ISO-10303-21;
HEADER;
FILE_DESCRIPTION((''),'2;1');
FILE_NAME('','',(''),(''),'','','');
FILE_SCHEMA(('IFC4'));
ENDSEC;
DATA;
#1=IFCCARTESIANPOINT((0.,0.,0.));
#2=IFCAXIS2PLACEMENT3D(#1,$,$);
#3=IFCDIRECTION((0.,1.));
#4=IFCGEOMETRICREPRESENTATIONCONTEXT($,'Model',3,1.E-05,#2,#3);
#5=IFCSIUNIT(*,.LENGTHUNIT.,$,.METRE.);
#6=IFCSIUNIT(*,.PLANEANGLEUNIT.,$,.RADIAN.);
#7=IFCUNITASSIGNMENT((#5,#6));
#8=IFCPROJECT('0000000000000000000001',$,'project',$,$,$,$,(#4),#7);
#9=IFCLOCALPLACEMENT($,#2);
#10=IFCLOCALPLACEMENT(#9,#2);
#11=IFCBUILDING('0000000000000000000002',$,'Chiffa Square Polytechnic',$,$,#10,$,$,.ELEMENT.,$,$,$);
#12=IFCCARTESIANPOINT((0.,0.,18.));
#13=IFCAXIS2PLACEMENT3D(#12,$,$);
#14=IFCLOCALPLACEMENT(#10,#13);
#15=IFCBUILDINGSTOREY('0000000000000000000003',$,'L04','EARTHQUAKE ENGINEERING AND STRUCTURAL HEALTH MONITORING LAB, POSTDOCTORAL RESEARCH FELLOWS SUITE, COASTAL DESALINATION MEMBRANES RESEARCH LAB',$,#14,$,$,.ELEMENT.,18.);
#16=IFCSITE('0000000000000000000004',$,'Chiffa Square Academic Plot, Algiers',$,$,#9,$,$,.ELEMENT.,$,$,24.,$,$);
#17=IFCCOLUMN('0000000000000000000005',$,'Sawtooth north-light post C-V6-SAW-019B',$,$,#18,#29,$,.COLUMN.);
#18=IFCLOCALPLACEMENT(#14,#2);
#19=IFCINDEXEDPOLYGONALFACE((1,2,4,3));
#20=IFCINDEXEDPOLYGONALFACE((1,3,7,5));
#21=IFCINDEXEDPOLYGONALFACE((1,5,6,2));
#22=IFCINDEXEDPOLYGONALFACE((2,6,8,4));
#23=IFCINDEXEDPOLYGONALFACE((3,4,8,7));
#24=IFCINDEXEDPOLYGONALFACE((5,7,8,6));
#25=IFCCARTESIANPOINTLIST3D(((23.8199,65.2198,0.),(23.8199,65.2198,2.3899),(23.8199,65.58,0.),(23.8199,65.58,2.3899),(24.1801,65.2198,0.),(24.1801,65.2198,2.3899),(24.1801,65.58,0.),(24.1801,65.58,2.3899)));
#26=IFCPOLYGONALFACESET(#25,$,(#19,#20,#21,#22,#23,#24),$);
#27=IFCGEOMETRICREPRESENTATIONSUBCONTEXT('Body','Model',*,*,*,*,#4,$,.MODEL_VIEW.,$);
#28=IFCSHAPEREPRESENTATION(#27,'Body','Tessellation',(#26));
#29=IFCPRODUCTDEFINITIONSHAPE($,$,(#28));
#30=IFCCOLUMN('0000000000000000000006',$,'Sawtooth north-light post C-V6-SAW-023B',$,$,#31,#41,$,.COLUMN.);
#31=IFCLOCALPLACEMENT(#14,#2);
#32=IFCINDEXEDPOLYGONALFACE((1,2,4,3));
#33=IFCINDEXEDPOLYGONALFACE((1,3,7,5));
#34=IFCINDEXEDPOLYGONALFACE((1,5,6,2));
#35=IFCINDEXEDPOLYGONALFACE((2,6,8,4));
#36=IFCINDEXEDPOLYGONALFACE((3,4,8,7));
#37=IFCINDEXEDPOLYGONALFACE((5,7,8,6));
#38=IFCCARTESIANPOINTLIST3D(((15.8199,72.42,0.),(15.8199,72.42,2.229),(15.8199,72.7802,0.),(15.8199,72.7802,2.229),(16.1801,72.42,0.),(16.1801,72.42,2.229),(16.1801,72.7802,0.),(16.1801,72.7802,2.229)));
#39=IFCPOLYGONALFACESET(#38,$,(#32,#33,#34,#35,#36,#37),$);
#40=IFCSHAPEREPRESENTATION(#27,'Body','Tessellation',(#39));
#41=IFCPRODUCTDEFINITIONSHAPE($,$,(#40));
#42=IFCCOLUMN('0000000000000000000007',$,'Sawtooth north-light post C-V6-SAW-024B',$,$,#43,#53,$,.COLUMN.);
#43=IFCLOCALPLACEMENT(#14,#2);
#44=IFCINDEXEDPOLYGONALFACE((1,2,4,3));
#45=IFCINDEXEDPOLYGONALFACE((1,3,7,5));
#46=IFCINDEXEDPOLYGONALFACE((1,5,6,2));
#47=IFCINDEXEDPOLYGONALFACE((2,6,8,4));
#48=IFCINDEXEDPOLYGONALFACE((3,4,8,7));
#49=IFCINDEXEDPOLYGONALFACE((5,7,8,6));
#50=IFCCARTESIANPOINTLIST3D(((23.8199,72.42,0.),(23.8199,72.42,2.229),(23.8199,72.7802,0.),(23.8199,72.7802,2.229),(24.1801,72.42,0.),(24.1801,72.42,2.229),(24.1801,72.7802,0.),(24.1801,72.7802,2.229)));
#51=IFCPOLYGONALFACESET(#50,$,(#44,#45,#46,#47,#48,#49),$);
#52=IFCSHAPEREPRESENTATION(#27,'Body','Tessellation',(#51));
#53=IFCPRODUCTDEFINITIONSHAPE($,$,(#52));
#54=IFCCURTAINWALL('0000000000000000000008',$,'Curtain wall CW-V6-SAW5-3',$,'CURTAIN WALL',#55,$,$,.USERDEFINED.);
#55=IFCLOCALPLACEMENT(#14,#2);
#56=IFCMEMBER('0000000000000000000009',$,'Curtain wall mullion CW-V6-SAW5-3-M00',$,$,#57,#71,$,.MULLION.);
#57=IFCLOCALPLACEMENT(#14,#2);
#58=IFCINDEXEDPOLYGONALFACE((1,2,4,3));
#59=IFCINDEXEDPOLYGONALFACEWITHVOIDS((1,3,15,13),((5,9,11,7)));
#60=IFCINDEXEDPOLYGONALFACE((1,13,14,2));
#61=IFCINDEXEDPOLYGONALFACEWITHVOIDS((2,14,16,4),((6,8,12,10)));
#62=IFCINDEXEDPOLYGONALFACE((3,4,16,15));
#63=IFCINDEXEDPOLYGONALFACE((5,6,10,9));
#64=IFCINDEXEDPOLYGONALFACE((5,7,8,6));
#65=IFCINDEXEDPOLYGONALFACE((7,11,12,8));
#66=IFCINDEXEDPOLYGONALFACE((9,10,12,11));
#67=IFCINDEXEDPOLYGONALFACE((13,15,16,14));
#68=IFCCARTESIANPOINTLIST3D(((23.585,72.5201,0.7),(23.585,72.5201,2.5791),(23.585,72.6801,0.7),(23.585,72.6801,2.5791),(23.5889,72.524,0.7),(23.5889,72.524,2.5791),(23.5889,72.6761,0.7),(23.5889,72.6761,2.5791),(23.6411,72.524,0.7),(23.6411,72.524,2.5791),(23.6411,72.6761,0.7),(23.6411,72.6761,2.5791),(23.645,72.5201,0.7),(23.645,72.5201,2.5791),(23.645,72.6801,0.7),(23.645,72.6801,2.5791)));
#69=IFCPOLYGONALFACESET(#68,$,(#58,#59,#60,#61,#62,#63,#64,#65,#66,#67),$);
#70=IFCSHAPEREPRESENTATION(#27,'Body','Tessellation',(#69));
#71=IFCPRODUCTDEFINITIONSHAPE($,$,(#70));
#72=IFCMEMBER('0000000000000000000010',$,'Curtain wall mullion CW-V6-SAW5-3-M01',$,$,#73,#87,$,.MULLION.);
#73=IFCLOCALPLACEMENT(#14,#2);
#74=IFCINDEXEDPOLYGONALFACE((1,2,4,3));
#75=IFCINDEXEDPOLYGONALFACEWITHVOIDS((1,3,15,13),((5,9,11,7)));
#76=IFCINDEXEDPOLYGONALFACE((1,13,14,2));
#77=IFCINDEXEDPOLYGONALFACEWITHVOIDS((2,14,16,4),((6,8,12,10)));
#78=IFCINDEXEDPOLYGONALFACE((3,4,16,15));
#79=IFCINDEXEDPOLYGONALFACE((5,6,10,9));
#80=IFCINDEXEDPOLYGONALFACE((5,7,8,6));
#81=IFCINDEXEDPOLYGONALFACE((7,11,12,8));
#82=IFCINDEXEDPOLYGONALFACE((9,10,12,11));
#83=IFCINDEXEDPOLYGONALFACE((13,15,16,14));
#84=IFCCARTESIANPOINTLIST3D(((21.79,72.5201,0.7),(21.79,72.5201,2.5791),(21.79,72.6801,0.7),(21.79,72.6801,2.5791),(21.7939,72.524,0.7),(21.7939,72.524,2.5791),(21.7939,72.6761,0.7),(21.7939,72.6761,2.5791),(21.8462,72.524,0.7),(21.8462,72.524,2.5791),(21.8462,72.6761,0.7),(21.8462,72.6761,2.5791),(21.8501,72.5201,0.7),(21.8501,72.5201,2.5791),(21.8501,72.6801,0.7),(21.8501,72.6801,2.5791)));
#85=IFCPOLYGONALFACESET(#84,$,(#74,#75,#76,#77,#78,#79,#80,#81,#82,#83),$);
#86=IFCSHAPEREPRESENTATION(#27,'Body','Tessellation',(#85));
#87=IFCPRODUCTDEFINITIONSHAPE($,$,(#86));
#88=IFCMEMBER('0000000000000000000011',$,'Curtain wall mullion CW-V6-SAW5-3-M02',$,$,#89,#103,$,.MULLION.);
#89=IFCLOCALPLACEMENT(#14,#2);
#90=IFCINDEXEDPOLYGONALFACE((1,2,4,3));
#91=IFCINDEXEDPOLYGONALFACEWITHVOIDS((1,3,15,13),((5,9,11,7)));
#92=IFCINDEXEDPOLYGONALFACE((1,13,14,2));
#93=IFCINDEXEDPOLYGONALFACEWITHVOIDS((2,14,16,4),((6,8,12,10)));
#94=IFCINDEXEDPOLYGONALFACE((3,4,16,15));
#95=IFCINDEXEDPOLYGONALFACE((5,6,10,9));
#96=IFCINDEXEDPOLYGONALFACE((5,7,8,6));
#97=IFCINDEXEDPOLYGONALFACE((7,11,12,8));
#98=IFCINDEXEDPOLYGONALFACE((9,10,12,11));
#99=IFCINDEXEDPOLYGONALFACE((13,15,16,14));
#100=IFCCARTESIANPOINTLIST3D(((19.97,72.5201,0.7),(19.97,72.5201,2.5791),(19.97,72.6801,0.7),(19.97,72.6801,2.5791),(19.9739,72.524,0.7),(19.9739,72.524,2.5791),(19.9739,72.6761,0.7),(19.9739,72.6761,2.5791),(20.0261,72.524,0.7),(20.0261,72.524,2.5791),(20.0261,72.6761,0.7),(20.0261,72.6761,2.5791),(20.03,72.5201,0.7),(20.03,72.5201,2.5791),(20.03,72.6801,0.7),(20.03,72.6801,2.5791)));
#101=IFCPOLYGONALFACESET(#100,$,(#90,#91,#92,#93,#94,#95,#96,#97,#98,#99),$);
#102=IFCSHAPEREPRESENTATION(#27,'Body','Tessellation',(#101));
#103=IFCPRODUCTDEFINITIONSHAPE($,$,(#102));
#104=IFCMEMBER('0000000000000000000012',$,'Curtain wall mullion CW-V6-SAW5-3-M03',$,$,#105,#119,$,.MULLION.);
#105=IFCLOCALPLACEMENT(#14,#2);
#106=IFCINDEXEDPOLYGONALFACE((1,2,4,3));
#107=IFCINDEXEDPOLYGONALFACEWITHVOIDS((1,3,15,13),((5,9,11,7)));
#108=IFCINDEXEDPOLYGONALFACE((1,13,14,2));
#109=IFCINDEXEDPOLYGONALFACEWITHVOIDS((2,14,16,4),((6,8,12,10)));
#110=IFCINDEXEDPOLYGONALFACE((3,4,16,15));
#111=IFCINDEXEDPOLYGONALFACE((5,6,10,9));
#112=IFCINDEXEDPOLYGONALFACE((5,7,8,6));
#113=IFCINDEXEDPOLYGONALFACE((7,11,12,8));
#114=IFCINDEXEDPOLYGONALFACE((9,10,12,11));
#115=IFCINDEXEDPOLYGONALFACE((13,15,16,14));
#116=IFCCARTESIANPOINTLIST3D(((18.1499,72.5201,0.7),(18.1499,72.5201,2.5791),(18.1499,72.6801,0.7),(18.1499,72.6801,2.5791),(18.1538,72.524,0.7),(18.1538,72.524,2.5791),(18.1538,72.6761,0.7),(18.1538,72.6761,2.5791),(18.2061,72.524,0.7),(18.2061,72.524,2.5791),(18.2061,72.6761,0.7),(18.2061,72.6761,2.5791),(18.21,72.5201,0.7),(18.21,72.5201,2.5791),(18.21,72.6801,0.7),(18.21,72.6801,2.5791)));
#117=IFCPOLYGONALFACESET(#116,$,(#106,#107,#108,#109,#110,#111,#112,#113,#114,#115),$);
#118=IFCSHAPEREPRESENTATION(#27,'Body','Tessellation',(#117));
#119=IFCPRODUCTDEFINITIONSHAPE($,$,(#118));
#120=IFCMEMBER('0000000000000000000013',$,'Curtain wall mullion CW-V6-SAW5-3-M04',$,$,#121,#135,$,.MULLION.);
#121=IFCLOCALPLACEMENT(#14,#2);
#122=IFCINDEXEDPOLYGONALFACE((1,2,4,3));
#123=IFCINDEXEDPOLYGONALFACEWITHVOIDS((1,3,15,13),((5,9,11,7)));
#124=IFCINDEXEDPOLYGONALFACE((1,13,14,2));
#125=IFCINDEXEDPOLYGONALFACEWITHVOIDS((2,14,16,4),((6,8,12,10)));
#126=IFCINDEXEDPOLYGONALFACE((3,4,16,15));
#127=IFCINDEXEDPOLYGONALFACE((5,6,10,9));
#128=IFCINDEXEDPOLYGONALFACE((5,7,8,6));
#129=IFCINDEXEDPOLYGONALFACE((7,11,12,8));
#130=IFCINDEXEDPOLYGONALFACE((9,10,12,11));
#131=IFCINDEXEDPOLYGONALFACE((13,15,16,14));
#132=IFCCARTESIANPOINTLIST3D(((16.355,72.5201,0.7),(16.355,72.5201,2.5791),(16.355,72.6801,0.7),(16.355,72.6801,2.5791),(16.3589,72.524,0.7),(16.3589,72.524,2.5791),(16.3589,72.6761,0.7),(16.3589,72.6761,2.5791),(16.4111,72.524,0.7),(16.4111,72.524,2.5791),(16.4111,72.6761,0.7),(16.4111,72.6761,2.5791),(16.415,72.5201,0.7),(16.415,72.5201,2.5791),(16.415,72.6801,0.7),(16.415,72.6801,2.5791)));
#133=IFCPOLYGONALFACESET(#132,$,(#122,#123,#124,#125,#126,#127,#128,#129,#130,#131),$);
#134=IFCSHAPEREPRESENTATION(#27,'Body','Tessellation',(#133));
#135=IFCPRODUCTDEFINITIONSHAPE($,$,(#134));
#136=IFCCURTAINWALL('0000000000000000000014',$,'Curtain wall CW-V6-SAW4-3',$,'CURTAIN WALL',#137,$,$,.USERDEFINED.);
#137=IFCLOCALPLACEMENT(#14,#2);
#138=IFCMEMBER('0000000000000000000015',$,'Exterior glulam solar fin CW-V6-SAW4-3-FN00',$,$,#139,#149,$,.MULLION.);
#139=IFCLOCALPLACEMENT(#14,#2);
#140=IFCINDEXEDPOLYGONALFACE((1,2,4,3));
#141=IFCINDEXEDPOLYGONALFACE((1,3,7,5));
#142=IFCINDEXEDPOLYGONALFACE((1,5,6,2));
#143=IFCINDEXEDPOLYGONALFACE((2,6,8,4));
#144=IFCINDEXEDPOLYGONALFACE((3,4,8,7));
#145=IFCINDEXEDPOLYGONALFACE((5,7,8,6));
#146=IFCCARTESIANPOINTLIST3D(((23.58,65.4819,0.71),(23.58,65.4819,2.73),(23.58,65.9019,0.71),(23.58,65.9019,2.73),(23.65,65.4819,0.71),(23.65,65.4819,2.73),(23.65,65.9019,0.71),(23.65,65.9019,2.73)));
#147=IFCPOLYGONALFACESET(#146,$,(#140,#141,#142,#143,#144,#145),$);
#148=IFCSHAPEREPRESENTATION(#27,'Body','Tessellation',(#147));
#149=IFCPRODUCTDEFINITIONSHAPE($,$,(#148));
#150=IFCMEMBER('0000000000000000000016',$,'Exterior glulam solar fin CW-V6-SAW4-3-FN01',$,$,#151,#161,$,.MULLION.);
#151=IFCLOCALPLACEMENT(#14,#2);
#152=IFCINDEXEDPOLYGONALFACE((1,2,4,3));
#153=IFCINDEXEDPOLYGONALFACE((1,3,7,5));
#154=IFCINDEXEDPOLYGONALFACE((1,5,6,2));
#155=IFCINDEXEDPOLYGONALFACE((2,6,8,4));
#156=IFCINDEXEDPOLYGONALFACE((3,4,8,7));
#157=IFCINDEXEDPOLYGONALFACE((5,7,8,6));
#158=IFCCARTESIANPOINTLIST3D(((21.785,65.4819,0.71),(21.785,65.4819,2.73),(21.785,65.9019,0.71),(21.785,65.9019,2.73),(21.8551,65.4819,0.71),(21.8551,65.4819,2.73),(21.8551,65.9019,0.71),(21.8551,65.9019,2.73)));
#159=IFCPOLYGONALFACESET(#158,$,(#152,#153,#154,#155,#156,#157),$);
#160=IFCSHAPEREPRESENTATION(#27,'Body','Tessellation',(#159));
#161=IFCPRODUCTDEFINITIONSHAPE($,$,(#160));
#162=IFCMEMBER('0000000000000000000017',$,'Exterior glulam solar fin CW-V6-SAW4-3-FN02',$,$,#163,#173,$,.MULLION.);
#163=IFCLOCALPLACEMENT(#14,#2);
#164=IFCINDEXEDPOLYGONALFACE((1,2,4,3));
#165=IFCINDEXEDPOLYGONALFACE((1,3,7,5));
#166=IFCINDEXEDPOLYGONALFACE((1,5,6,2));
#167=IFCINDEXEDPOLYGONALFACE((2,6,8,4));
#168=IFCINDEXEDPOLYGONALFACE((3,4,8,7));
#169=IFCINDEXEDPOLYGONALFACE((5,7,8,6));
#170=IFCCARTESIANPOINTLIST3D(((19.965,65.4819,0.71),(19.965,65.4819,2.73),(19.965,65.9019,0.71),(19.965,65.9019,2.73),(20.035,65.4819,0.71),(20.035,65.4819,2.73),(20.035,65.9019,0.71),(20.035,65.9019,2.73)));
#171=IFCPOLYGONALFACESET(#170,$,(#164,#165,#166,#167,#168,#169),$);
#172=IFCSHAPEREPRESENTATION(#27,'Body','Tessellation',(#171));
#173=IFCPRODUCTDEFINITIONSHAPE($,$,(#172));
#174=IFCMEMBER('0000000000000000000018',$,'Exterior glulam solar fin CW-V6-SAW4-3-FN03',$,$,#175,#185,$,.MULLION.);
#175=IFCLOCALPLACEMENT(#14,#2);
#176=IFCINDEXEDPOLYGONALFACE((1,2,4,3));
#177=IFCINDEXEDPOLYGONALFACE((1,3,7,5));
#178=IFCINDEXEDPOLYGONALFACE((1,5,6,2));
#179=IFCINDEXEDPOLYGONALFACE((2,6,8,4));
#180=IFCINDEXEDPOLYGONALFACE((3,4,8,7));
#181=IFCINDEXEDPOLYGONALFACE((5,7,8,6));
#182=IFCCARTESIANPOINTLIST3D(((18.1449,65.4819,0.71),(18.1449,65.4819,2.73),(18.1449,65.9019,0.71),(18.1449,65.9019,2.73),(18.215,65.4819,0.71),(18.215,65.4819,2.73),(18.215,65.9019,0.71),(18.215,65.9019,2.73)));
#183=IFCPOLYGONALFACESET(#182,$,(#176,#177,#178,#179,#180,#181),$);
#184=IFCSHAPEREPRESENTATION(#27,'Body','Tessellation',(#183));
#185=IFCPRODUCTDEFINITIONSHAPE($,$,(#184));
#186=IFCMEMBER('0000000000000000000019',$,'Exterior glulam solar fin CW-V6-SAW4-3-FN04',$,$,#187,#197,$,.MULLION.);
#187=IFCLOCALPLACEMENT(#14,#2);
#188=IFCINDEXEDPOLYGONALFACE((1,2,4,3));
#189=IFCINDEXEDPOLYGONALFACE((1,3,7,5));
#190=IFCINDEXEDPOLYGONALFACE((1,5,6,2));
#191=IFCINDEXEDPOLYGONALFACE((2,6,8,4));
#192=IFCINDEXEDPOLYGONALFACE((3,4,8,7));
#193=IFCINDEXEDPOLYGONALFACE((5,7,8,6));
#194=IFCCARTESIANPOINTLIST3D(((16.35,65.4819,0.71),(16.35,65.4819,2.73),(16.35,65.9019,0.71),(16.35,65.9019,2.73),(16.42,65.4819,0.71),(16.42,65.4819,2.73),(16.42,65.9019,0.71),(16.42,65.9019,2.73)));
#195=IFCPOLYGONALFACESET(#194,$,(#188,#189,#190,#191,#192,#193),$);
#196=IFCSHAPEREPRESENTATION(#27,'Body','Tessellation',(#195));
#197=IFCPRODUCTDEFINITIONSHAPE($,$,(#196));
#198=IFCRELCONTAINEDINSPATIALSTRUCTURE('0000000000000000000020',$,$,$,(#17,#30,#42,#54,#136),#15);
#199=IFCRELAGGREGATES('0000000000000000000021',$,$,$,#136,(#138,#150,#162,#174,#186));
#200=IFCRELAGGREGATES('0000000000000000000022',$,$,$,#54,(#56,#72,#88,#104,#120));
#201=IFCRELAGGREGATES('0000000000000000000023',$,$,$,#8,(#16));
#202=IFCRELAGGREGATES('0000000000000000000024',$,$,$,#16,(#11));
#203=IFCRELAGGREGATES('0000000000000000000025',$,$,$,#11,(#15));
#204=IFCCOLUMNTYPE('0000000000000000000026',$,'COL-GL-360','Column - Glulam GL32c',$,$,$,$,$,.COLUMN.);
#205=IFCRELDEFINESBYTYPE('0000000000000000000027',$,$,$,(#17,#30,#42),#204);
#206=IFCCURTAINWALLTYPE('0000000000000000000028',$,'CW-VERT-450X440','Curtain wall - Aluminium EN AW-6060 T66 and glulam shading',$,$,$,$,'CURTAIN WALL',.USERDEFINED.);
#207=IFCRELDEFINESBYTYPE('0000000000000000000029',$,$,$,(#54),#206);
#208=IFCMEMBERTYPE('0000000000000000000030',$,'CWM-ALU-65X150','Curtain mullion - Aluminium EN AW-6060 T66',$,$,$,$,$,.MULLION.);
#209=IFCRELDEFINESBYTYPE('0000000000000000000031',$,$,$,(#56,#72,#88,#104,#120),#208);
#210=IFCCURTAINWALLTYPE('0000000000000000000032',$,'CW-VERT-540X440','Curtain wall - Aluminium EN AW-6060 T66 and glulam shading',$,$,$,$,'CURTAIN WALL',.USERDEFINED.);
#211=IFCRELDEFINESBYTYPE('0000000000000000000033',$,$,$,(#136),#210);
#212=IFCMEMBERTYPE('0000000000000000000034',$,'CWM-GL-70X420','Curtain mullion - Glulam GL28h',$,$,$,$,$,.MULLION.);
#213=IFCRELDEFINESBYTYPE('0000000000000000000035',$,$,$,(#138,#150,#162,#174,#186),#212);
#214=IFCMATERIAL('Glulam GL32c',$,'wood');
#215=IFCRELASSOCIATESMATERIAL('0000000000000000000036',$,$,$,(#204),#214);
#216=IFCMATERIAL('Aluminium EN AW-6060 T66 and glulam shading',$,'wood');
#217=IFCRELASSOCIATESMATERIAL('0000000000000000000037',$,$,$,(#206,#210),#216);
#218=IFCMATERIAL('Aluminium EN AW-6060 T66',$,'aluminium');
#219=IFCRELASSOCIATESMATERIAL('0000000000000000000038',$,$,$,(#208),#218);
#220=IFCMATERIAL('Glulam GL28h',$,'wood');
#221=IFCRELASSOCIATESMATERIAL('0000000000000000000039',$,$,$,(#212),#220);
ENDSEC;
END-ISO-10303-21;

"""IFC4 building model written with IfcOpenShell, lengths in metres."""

from ifc_helpers import new_model, si_unit, direction, frame, origin, origin_2d, place, context, subcontext, project, spatial, rectangle, hollow_rectangle, extrude, material, material_profile, profile_set, type_object, element, aggregate, save


model = new_model("IFC4")

# Units and contexts
model_context = context("Model", 3, precision=1e-05, world=origin(), true_north=direction((0.0, 1.0)))
body_context = subcontext(model_context, "Body", "Model", "MODEL_VIEW")
ifc_project = project(units=[si_unit("LENGTHUNIT", "METRE"), si_unit("PLANEANGLEUNIT", "RADIAN")], contexts=[model_context])

# Site, building, storey
site_placement = place(None, origin())
site = spatial("IfcSite", under=ifc_project, at=site_placement, Name="Chiffa Square Academic Plot, Algiers", CompositionType="ELEMENT", RefElevation=24.0)
building_placement = place(site_placement, origin())
building = spatial("IfcBuilding", under=site, at=building_placement, Name="Chiffa Square Polytechnic", CompositionType="ELEMENT")
storey_placement = place(building_placement, frame((0.0, 0.0, 18.0)))
storey = spatial("IfcBuildingStorey", under=building, at=storey_placement, Name="L04", Description="EARTHQUAKE ENGINEERING AND STRUCTURAL HEALTH MONITORING LAB, POSTDOCTORAL RESEARCH FELLOWS SUITE, COASTAL DESALINATION MEMBRANES RESEARCH LAB", CompositionType="ELEMENT", Elevation=18.0)

# Columns
ifc_material_1 = material(Name="Glulam GL32c", Category="wood")
ifc_material_profile_1 = material_profile(ifc_material_1, rectangle(XDim=0.3601, YDim=0.3601, at=origin_2d()), Name="GL32c 360x360")
ifc_profile_set_1 = profile_set([ifc_material_profile_1], Name="Glulam GL32c")
column_type = type_object("IfcColumnType", Name="COL-GL-360", Description="Column - Glulam GL32c", PredefinedType="COLUMN", material=ifc_profile_set_1)
column_placement = place(storey_placement, frame((24.0, 65.3999, 0.0), z_axis=(0.0, 0.0, 1.0), x_axis=(1.0, 0.0, 0.0)))
element("IfcColumn", 1, at=column_placement, inside=storey, type_object=column_type, Name="Sawtooth north-light post C-V6-SAW-019B", PredefinedType="COLUMN", context=body_context, shape_type="SweptSolid", body=[
    extrude(rectangle(XDim=0.3601, YDim=0.3601, at=origin_2d()), origin(), (0.0, 0.0, 1.0), 2.3899),
])
for number, where, z_axis, x_axis, name in (
    (2, (16.0, 72.6001, 0.0), (0.0, 0.0, 1.0), (1.0, 0.0, 0.0), "Sawtooth north-light post C-V6-SAW-023B"),
    (3, (24.0, 72.6001, 0.0), (0.0, 0.0, 1.0), (1.0, 0.0, 0.0), "Sawtooth north-light post C-V6-SAW-024B"),
):
    element("IfcColumn", number, at=place(storey_placement, frame(where, z_axis=z_axis, x_axis=x_axis)), inside=storey, type_object=column_type, Name=name, PredefinedType="COLUMN", context=body_context, shape_type="SweptSolid", body=[
        extrude(rectangle(XDim=0.3601, YDim=0.3601, at=origin_2d()), origin(), (0.0, 0.0, 1.0), 2.229),
    ])

# Curtain walls, members
ifc_material_2 = material(Name="Aluminium EN AW-6060 T66 and glulam shading", Category="wood")
curtain_wall_type_1 = type_object("IfcCurtainWallType", Name="CW-VERT-450X440", Description="Curtain wall - Aluminium EN AW-6060 T66 and glulam shading", ElementType="CURTAIN WALL", PredefinedType="USERDEFINED", material=ifc_material_2)
curtain_wall_1_placement = place(storey_placement, origin())
curtain_wall_1 = element("IfcCurtainWall", 4, at=curtain_wall_1_placement, inside=storey, type_object=curtain_wall_type_1, Name="Curtain wall CW-V6-SAW5-3", ObjectType="CURTAIN WALL", PredefinedType="USERDEFINED")
ifc_material_3 = material(Name="Aluminium EN AW-6060 T66", Category="aluminium")
ifc_material_profile_2 = material_profile(ifc_material_3, hollow_rectangle(XDim=0.0601, YDim=0.1599, WallThickness=0.0039, at=origin_2d()), Name="ALU 60x160x4")
ifc_profile_set_2 = profile_set([ifc_material_profile_2], Name="Aluminium EN AW-6060 T66")
member_type_1 = type_object("IfcMemberType", Name="CWM-ALU-65X150", Description="Curtain mullion - Aluminium EN AW-6060 T66", PredefinedType="MULLION", material=ifc_profile_set_2)
member_1_placement = place(storey_placement, frame((23.615, 72.6001, 0.7), z_axis=(0.0, 0.0, 1.0), x_axis=(1.0, 0.0, 0.0)))
member_1 = element("IfcMember", 5, at=member_1_placement, type_object=member_type_1, Name="Curtain wall mullion CW-V6-SAW5-3-M00", PredefinedType="MULLION", context=body_context, shape_type="SweptSolid", body=[
    extrude(hollow_rectangle(XDim=0.0601, YDim=0.1599, WallThickness=0.0039, at=origin_2d()), origin(), (0.0, 0.0, 1.0), 1.8792),
])
member_2_placement = place(storey_placement, frame((21.8201, 72.6001, 0.7), z_axis=(0.0, 0.0, 1.0), x_axis=(1.0, 0.0, 0.0)))
member_2 = element("IfcMember", 6, at=member_2_placement, type_object=member_type_1, Name="Curtain wall mullion CW-V6-SAW5-3-M01", PredefinedType="MULLION", context=body_context, shape_type="SweptSolid", body=[
    extrude(hollow_rectangle(XDim=0.0601, YDim=0.1599, WallThickness=0.0039, at=origin_2d()), origin(), (0.0, 0.0, 1.0), 1.8792),
])
member_3_placement = place(storey_placement, frame((20.0, 72.6001, 0.7), z_axis=(0.0, 0.0, 1.0), x_axis=(1.0, 0.0, 0.0)))
member_3 = element("IfcMember", 7, at=member_3_placement, type_object=member_type_1, Name="Curtain wall mullion CW-V6-SAW5-3-M02", PredefinedType="MULLION", context=body_context, shape_type="SweptSolid", body=[
    extrude(hollow_rectangle(XDim=0.0601, YDim=0.1599, WallThickness=0.0039, at=origin_2d()), origin(), (0.0, 0.0, 1.0), 1.8792),
])
member_4_placement = place(storey_placement, frame((18.1799, 72.6001, 0.7), z_axis=(0.0, 0.0, 1.0), x_axis=(1.0, 0.0, 0.0)))
member_4 = element("IfcMember", 8, at=member_4_placement, type_object=member_type_1, Name="Curtain wall mullion CW-V6-SAW5-3-M03", PredefinedType="MULLION", context=body_context, shape_type="SweptSolid", body=[
    extrude(hollow_rectangle(XDim=0.0601, YDim=0.1599, WallThickness=0.0039, at=origin_2d()), origin(), (0.0, 0.0, 1.0), 1.8792),
])
member_5_placement = place(storey_placement, frame((16.385, 72.6001, 0.7), z_axis=(0.0, 0.0, 1.0), x_axis=(1.0, 0.0, 0.0)))
member_5 = element("IfcMember", 9, at=member_5_placement, type_object=member_type_1, Name="Curtain wall mullion CW-V6-SAW5-3-M04", PredefinedType="MULLION", context=body_context, shape_type="SweptSolid", body=[
    extrude(hollow_rectangle(XDim=0.0601, YDim=0.1599, WallThickness=0.0039, at=origin_2d()), origin(), (0.0, 0.0, 1.0), 1.8792),
])
curtain_wall_type_2 = type_object("IfcCurtainWallType", Name="CW-VERT-540X440", Description="Curtain wall - Aluminium EN AW-6060 T66 and glulam shading", ElementType="CURTAIN WALL", PredefinedType="USERDEFINED", material=ifc_material_2)
curtain_wall_2_placement = place(storey_placement, origin())
curtain_wall_2 = element("IfcCurtainWall", 10, at=curtain_wall_2_placement, inside=storey, type_object=curtain_wall_type_2, Name="Curtain wall CW-V6-SAW4-3", ObjectType="CURTAIN WALL", PredefinedType="USERDEFINED")
ifc_material_4 = material(Name="Glulam GL28h", Category="wood")
ifc_material_profile_3 = material_profile(ifc_material_4, rectangle(XDim=0.0701, YDim=0.4199, at=origin_2d()), Name="GL28h 70x420")
ifc_profile_set_3 = profile_set([ifc_material_profile_3], Name="Glulam GL28h")
member_type_2 = type_object("IfcMemberType", Name="CWM-GL-70X420", Description="Curtain mullion - Glulam GL28h", PredefinedType="MULLION", material=ifc_profile_set_3)
member_6_placement = place(storey_placement, frame((23.615, 65.6919, 0.71), z_axis=(0.0, 0.0, 1.0), x_axis=(-1.0, 0.0, 0.0)))
member_6 = element("IfcMember", 11, at=member_6_placement, type_object=member_type_2, Name="Exterior glulam solar fin CW-V6-SAW4-3-FN00", PredefinedType="MULLION", context=body_context, shape_type="SweptSolid", body=[
    extrude(rectangle(XDim=0.0701, YDim=0.4199, at=origin_2d()), origin(), (0.0, 0.0, 1.0), 2.02),
])
member_7_placement = place(storey_placement, frame((21.8201, 65.6919, 0.71), z_axis=(0.0, 0.0, 1.0), x_axis=(-1.0, 0.0, 0.0)))
member_7 = element("IfcMember", 12, at=member_7_placement, type_object=member_type_2, Name="Exterior glulam solar fin CW-V6-SAW4-3-FN01", PredefinedType="MULLION", context=body_context, shape_type="SweptSolid", body=[
    extrude(rectangle(XDim=0.0701, YDim=0.4199, at=origin_2d()), origin(), (0.0, 0.0, 1.0), 2.02),
])
member_8_placement = place(storey_placement, frame((20.0, 65.6919, 0.71), z_axis=(0.0, 0.0, 1.0), x_axis=(-1.0, 0.0, 0.0)))
member_8 = element("IfcMember", 13, at=member_8_placement, type_object=member_type_2, Name="Exterior glulam solar fin CW-V6-SAW4-3-FN02", PredefinedType="MULLION", context=body_context, shape_type="SweptSolid", body=[
    extrude(rectangle(XDim=0.0701, YDim=0.4199, at=origin_2d()), origin(), (0.0, 0.0, 1.0), 2.02),
])
member_9_placement = place(storey_placement, frame((18.1799, 65.6919, 0.71), z_axis=(0.0, 0.0, 1.0), x_axis=(-1.0, 0.0, 0.0)))
member_9 = element("IfcMember", 14, at=member_9_placement, type_object=member_type_2, Name="Exterior glulam solar fin CW-V6-SAW4-3-FN03", PredefinedType="MULLION", context=body_context, shape_type="SweptSolid", body=[
    extrude(rectangle(XDim=0.0701, YDim=0.4199, at=origin_2d()), origin(), (0.0, 0.0, 1.0), 2.02),
])
member_10_placement = place(storey_placement, frame((16.385, 65.6919, 0.71), z_axis=(0.0, 0.0, 1.0), x_axis=(-1.0, 0.0, 0.0)))
member_10 = element("IfcMember", 15, at=member_10_placement, type_object=member_type_2, Name="Exterior glulam solar fin CW-V6-SAW4-3-FN04", PredefinedType="MULLION", context=body_context, shape_type="SweptSolid", body=[
    extrude(rectangle(XDim=0.0701, YDim=0.4199, at=origin_2d()), origin(), (0.0, 0.0, 1.0), 2.02),
])
aggregate(curtain_wall_2, [member_6, member_7, member_8, member_9, member_10])

aggregate(curtain_wall_1, [member_1, member_2, member_3, member_4, member_5])

save(model, "model.ifc")
